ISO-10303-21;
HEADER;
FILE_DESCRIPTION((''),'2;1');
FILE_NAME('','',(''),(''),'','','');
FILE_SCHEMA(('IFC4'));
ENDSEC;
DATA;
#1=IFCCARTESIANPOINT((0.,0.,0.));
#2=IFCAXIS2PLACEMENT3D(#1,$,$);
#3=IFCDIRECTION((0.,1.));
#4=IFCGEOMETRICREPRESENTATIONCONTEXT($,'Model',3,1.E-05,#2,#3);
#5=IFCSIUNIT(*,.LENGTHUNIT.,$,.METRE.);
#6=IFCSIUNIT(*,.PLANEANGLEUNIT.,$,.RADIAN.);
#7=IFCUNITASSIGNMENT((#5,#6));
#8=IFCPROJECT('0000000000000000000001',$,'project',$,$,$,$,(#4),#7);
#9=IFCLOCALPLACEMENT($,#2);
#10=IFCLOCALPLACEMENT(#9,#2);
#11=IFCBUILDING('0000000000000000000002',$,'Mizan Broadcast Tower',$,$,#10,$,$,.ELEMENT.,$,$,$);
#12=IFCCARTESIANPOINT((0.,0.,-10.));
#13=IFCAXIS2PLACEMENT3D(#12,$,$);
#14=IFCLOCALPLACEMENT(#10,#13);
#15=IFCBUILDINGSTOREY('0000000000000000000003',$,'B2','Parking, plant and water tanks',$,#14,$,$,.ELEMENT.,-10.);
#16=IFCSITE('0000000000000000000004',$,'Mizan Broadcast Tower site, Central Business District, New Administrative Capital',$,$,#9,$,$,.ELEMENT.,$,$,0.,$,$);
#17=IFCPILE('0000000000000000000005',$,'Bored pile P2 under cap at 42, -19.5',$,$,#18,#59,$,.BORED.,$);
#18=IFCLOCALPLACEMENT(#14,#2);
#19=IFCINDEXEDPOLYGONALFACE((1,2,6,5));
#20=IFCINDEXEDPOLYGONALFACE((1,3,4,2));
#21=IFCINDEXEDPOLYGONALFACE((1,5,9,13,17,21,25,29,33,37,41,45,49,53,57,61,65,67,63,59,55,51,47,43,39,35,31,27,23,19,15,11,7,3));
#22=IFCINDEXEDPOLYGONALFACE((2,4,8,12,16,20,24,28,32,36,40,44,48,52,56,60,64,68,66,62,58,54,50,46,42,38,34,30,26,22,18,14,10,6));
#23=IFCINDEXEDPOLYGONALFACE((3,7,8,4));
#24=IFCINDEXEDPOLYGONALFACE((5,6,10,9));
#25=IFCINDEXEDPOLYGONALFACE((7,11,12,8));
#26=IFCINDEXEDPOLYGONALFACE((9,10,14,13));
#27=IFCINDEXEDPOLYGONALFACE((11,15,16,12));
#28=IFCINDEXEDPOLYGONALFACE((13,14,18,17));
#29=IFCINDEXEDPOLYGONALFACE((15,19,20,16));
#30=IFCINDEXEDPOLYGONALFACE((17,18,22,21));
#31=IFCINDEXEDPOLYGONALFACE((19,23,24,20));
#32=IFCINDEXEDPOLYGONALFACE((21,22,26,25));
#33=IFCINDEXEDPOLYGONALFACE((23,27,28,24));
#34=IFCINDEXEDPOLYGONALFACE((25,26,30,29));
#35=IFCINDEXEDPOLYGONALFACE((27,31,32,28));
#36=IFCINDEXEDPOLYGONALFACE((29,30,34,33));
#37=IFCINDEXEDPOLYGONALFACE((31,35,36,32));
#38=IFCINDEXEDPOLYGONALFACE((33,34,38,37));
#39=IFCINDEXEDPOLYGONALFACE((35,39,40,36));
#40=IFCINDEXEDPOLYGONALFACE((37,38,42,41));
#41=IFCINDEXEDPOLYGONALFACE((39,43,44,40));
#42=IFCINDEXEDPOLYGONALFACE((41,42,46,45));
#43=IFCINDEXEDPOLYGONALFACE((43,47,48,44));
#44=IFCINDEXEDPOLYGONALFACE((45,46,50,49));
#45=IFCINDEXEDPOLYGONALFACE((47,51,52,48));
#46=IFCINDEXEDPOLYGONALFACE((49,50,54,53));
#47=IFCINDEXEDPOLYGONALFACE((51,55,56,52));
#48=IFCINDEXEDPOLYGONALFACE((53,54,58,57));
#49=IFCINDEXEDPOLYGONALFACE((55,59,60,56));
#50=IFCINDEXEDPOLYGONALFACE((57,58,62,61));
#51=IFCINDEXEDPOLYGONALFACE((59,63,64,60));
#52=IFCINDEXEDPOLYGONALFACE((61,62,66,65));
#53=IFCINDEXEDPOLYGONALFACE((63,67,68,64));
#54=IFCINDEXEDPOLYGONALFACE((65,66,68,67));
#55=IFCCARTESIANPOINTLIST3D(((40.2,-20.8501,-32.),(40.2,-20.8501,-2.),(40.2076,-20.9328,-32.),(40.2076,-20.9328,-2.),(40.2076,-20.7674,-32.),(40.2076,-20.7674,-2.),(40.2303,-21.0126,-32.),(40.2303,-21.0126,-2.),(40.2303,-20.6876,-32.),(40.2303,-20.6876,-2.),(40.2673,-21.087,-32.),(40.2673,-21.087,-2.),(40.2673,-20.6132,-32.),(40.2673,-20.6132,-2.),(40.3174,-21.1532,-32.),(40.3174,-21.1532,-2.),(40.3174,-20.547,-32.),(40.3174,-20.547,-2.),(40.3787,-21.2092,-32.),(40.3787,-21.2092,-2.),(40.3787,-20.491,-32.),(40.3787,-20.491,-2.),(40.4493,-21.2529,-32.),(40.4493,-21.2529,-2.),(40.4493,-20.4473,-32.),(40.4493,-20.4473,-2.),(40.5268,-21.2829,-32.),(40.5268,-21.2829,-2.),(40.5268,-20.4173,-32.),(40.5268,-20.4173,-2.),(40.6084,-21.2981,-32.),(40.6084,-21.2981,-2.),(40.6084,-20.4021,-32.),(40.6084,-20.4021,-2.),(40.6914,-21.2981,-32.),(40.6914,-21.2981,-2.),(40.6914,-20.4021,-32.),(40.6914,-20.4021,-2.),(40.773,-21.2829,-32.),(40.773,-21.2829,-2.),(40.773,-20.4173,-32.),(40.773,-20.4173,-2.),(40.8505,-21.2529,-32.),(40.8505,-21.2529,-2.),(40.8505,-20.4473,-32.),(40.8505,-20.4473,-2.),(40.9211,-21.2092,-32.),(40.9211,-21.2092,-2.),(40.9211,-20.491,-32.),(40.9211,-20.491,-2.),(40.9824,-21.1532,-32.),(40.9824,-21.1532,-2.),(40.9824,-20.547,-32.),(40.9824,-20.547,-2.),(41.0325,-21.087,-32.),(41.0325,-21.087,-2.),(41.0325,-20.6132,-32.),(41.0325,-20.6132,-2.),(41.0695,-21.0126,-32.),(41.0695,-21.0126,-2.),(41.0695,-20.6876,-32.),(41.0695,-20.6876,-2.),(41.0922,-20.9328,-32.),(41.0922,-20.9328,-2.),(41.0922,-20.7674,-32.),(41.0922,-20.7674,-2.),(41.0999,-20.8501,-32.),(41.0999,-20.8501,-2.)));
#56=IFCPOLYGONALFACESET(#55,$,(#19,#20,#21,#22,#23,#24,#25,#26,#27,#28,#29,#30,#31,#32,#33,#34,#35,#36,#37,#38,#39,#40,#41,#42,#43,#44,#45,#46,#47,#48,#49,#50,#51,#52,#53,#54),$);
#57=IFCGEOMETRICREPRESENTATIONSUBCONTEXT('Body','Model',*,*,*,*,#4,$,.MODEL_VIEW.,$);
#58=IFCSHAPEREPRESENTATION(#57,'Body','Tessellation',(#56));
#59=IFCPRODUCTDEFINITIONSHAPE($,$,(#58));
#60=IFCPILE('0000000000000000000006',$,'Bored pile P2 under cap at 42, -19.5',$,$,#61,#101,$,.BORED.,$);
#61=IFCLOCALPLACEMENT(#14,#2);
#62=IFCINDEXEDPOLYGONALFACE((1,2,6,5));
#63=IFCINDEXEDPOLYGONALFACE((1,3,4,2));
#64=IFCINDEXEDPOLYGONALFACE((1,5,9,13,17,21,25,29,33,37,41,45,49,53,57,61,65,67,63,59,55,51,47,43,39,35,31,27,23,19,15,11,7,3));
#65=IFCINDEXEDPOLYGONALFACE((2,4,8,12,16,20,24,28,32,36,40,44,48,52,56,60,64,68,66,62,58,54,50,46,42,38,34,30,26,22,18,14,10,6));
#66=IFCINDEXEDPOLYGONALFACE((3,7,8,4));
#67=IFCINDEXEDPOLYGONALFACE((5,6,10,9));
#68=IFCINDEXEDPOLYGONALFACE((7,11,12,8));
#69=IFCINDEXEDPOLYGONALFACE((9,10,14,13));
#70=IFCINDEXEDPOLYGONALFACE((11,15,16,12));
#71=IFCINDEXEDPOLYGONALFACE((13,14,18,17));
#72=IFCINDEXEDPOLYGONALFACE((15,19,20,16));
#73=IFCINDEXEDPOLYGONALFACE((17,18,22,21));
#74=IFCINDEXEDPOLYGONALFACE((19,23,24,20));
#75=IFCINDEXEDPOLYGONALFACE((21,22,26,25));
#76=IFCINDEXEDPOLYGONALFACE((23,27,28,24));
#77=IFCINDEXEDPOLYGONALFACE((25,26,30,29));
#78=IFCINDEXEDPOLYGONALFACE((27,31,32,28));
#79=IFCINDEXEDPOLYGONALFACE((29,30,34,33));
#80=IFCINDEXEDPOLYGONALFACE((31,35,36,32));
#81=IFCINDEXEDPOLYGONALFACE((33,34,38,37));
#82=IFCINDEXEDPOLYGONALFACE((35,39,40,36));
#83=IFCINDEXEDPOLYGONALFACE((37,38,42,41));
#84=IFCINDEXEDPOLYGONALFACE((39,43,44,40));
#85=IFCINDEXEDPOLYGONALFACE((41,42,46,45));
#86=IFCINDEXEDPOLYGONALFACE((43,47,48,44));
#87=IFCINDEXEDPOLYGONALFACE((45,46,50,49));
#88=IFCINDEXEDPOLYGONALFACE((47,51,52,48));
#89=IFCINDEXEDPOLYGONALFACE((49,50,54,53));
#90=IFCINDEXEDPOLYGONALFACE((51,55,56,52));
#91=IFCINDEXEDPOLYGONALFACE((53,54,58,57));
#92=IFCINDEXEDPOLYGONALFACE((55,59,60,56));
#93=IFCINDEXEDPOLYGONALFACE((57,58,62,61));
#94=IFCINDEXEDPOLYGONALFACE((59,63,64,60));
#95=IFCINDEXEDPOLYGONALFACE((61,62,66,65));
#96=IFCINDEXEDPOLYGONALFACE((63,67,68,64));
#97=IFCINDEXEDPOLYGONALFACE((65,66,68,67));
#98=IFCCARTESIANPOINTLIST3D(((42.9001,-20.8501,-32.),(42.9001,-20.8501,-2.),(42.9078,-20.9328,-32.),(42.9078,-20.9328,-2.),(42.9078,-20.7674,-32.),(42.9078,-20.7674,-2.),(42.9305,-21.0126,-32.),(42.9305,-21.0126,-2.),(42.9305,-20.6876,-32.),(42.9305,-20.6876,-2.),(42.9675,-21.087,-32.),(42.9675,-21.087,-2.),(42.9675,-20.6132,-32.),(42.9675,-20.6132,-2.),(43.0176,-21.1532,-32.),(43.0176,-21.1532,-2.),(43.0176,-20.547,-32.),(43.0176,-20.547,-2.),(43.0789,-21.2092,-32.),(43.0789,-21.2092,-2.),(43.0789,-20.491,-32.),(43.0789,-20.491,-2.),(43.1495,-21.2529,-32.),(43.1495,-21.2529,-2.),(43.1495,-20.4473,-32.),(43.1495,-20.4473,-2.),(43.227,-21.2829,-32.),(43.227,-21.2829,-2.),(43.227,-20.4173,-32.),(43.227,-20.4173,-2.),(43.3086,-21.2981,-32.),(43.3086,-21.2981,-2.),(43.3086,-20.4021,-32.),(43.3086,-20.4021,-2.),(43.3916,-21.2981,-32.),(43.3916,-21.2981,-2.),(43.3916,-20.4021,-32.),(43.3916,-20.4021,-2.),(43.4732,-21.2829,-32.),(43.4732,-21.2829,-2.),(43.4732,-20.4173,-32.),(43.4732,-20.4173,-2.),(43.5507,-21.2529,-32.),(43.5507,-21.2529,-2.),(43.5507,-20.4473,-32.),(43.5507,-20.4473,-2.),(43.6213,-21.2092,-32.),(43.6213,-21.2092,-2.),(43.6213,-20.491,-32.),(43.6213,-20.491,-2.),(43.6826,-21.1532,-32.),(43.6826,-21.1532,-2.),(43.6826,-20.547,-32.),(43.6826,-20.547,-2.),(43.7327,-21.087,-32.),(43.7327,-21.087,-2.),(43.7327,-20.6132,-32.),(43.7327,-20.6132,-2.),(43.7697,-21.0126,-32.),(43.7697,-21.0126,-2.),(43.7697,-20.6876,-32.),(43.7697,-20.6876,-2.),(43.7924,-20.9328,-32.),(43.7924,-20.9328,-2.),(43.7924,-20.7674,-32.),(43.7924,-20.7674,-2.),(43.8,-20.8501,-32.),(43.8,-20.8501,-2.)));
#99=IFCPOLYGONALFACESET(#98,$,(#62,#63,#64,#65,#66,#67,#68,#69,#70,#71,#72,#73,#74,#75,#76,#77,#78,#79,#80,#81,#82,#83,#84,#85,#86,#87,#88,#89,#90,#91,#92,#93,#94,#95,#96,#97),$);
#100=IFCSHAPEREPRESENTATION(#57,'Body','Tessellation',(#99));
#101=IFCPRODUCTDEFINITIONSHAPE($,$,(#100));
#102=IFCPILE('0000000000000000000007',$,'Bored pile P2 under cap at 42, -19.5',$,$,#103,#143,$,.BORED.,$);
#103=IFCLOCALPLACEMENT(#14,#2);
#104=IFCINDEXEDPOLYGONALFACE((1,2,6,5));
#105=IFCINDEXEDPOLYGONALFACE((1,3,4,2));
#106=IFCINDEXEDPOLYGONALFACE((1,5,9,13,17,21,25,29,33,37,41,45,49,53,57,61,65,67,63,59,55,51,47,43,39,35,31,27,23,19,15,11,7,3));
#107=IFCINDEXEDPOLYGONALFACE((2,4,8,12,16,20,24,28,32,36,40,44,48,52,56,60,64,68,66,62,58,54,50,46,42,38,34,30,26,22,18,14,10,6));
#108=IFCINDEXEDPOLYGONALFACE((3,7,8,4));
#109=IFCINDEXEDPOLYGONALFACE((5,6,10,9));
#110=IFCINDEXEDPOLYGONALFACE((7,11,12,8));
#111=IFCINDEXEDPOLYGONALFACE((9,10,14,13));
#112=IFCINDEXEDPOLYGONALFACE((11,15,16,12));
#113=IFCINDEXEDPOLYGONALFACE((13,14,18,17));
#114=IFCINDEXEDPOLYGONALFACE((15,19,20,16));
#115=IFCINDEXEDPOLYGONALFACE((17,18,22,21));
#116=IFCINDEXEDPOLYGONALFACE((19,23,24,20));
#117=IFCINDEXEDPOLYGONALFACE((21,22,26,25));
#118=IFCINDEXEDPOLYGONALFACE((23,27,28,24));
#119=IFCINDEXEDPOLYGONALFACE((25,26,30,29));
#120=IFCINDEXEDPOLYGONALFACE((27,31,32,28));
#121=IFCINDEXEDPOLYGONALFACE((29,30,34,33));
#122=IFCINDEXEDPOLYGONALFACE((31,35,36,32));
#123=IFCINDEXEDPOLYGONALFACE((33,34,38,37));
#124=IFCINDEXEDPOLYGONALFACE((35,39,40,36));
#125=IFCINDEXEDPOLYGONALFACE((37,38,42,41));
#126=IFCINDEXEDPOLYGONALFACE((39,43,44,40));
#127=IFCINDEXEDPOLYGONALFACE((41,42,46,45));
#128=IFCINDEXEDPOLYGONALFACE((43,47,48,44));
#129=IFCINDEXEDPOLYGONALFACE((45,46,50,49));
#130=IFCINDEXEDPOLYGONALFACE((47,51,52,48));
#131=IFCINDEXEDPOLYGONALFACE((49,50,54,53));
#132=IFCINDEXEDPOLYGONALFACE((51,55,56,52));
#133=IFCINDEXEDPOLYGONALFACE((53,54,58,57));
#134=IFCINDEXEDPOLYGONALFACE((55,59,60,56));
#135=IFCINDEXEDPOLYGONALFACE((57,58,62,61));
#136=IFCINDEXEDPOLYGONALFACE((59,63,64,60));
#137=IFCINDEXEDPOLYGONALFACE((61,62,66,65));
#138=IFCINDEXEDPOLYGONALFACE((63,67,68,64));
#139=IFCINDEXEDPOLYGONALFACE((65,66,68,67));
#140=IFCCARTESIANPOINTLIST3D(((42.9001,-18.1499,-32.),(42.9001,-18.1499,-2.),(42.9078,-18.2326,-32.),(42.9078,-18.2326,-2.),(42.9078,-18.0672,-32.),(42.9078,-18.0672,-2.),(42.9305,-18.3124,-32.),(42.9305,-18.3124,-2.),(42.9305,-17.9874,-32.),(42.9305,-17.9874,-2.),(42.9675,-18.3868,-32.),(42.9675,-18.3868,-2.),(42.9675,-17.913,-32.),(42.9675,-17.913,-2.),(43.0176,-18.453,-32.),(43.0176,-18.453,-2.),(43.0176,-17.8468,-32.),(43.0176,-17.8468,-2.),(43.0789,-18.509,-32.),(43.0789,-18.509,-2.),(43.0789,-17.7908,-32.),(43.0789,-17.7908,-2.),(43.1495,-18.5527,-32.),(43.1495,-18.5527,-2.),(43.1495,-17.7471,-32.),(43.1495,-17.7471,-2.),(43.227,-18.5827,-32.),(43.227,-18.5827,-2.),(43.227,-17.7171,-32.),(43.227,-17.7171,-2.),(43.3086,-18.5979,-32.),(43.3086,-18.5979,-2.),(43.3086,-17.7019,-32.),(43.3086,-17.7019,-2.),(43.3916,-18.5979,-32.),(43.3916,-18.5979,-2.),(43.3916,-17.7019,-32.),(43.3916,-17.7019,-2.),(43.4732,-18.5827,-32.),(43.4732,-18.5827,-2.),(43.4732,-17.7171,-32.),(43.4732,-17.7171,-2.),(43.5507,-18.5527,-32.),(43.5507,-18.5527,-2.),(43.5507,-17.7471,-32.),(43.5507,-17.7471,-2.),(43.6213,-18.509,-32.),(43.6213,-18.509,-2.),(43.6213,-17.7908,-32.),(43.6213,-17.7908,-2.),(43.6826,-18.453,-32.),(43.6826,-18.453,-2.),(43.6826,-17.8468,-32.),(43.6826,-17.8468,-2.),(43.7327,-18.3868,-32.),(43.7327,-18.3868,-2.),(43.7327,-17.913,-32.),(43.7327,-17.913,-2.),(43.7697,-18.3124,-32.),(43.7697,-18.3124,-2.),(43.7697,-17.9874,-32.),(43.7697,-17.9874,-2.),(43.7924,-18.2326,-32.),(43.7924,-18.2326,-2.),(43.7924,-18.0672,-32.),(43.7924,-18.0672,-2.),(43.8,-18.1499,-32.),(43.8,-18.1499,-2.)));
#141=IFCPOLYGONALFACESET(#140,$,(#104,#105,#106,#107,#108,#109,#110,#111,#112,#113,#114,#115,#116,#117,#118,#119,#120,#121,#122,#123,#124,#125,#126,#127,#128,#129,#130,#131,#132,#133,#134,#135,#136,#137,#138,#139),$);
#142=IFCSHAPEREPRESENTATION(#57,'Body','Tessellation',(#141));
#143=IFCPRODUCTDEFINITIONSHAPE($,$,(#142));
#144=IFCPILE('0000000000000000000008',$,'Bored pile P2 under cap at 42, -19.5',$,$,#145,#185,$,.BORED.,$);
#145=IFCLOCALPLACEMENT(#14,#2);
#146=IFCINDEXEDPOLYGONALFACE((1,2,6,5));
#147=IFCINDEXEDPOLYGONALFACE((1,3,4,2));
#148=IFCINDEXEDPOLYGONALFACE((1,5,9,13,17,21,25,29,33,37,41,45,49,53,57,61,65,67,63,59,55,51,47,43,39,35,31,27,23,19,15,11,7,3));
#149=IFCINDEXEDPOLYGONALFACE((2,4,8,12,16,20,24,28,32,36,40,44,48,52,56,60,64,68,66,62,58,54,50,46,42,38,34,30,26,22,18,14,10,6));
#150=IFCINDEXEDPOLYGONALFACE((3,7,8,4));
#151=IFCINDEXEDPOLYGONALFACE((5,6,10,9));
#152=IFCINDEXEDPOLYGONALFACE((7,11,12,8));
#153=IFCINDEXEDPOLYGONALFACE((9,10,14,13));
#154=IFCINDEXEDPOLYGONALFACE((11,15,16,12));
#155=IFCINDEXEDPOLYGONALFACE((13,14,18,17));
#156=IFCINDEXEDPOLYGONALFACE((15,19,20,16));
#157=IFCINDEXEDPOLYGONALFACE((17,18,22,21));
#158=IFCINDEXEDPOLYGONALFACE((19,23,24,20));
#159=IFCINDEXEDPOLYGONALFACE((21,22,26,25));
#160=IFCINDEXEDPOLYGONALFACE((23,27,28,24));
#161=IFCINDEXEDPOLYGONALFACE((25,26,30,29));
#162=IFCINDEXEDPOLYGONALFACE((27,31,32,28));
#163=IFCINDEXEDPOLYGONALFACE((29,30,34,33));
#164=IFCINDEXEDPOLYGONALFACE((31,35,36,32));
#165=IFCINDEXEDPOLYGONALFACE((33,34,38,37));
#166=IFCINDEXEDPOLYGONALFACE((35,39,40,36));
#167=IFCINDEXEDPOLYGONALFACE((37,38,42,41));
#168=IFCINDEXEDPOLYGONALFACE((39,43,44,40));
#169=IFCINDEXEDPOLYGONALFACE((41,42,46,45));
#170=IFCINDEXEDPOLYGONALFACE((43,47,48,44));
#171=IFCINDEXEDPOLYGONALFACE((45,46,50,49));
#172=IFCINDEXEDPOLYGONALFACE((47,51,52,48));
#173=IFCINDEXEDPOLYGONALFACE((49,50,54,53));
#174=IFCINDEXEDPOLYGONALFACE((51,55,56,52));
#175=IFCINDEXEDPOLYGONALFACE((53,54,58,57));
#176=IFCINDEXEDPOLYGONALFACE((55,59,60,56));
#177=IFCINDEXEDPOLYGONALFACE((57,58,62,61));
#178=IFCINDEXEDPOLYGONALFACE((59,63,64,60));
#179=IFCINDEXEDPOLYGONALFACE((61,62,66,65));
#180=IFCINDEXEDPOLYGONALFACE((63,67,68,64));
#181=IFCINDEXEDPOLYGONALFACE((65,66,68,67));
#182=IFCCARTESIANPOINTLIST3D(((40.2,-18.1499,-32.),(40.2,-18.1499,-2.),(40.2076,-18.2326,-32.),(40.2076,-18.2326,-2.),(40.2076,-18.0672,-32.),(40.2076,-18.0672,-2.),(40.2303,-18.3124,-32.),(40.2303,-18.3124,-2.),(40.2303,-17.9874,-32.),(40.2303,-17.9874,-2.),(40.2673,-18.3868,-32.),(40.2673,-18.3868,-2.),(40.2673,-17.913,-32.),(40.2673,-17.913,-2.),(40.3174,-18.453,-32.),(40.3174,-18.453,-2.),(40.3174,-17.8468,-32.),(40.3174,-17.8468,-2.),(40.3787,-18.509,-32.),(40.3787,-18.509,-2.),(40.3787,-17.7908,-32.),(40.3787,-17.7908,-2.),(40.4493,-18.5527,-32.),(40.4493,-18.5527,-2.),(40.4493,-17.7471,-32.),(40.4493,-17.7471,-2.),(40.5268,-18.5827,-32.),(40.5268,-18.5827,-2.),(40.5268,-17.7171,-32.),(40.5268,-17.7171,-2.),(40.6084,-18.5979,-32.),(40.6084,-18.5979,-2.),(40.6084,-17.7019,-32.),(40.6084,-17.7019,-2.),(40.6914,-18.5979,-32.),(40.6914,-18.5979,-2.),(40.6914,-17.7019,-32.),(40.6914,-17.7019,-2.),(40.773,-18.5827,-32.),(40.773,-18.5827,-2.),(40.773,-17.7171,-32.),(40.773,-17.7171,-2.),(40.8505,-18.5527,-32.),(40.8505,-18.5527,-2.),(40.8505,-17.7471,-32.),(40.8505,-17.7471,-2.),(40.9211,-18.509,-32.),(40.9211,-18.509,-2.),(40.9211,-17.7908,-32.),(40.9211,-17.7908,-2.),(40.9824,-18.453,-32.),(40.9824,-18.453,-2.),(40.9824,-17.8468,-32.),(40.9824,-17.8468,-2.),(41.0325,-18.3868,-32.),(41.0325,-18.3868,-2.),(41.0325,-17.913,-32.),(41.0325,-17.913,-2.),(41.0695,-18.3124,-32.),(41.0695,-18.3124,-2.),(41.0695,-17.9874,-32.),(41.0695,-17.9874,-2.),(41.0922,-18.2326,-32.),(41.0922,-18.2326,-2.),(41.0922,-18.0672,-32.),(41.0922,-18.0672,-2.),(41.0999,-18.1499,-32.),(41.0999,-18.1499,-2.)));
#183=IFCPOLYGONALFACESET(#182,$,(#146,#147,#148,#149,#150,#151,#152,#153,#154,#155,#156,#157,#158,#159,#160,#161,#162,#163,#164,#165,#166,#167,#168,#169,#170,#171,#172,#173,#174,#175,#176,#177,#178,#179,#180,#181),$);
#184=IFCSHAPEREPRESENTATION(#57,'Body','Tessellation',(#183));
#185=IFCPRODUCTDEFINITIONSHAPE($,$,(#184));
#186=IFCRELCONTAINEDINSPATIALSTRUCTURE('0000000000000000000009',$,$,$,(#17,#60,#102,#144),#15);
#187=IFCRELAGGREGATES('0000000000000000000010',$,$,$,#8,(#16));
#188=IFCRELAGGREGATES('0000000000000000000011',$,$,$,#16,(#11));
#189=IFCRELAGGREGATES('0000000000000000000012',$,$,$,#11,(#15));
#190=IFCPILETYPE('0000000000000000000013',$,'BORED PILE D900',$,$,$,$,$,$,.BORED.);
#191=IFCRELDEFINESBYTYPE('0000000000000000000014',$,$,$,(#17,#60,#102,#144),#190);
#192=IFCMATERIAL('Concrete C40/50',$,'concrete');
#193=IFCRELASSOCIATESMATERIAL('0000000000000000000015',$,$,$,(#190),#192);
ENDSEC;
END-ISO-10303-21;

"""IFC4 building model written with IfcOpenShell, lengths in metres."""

from ifc_helpers import new_model, si_unit, direction, frame, origin, origin_2d, place, context, subcontext, project, spatial, circle, extrude, material, material_profile, profile_set, type_object, element, save


model = new_model("IFC4")

# Units and contexts
model_context = context("Model", 3, precision=1e-05, world=origin(), true_north=direction((0.0, 1.0)))
body_context = subcontext(model_context, "Body", "Model", "MODEL_VIEW")
ifc_project = project(units=[si_unit("LENGTHUNIT", "METRE"), si_unit("PLANEANGLEUNIT", "RADIAN")], contexts=[model_context])

# Site, building, storey
site_placement = place(None, origin())
site = spatial("IfcSite", under=ifc_project, at=site_placement, Name="Mizan Broadcast Tower site, Central Business District, New Administrative Capital", CompositionType="ELEMENT", RefElevation=0.0)
building_placement = place(site_placement, origin())
building = spatial("IfcBuilding", under=site, at=building_placement, Name="Mizan Broadcast Tower", CompositionType="ELEMENT")
storey_placement = place(building_placement, frame((0.0, 0.0, -10.0)))
storey = spatial("IfcBuildingStorey", under=building, at=storey_placement, Name="B2", Description="Parking, plant and water tanks", CompositionType="ELEMENT", Elevation=-10.0)

# Piles
ifc_material_1 = material(Name="Concrete C40/50", Category="concrete")
ifc_material_profile_1 = material_profile(ifc_material_1, circle(Radius=0.45, at=origin_2d()), Name="D900")
ifc_profile_set_1 = profile_set([ifc_material_profile_1], Name="Concrete C40/50")
pile_type = type_object("IfcPileType", Name="BORED PILE D900", PredefinedType="BORED", material=ifc_profile_set_1)
for number, where, z_axis, x_axis, name in (
    (1, (40.6499, -20.8501, -2.0), (0.0, 0.0, -1.0), (1.0, 0.0, 0.0), "Bored pile P2 under cap at 42, -19.5"),
    (2, (43.3501, -20.8501, -2.0), (0.0, 0.0, -1.0), (1.0, 0.0, 0.0), "Bored pile P2 under cap at 42, -19.5"),
    (3, (43.3501, -18.1499, -2.0), (0.0, 0.0, -1.0), (1.0, 0.0, 0.0), "Bored pile P2 under cap at 42, -19.5"),
    (4, (40.6499, -18.1499, -2.0), (0.0, 0.0, -1.0), (1.0, 0.0, 0.0), "Bored pile P2 under cap at 42, -19.5"),
):
    element("IfcPile", number, at=place(storey_placement, frame(where, z_axis=z_axis, x_axis=x_axis)), inside=storey, type_object=pile_type, Name=name, PredefinedType="BORED", context=body_context, shape_type="SweptSolid", body=[
        extrude(circle(Radius=0.45, at=origin_2d()), origin(), (0.0, 0.0, 1.0), 30.0),
    ])

save(model, "model.ifc")
